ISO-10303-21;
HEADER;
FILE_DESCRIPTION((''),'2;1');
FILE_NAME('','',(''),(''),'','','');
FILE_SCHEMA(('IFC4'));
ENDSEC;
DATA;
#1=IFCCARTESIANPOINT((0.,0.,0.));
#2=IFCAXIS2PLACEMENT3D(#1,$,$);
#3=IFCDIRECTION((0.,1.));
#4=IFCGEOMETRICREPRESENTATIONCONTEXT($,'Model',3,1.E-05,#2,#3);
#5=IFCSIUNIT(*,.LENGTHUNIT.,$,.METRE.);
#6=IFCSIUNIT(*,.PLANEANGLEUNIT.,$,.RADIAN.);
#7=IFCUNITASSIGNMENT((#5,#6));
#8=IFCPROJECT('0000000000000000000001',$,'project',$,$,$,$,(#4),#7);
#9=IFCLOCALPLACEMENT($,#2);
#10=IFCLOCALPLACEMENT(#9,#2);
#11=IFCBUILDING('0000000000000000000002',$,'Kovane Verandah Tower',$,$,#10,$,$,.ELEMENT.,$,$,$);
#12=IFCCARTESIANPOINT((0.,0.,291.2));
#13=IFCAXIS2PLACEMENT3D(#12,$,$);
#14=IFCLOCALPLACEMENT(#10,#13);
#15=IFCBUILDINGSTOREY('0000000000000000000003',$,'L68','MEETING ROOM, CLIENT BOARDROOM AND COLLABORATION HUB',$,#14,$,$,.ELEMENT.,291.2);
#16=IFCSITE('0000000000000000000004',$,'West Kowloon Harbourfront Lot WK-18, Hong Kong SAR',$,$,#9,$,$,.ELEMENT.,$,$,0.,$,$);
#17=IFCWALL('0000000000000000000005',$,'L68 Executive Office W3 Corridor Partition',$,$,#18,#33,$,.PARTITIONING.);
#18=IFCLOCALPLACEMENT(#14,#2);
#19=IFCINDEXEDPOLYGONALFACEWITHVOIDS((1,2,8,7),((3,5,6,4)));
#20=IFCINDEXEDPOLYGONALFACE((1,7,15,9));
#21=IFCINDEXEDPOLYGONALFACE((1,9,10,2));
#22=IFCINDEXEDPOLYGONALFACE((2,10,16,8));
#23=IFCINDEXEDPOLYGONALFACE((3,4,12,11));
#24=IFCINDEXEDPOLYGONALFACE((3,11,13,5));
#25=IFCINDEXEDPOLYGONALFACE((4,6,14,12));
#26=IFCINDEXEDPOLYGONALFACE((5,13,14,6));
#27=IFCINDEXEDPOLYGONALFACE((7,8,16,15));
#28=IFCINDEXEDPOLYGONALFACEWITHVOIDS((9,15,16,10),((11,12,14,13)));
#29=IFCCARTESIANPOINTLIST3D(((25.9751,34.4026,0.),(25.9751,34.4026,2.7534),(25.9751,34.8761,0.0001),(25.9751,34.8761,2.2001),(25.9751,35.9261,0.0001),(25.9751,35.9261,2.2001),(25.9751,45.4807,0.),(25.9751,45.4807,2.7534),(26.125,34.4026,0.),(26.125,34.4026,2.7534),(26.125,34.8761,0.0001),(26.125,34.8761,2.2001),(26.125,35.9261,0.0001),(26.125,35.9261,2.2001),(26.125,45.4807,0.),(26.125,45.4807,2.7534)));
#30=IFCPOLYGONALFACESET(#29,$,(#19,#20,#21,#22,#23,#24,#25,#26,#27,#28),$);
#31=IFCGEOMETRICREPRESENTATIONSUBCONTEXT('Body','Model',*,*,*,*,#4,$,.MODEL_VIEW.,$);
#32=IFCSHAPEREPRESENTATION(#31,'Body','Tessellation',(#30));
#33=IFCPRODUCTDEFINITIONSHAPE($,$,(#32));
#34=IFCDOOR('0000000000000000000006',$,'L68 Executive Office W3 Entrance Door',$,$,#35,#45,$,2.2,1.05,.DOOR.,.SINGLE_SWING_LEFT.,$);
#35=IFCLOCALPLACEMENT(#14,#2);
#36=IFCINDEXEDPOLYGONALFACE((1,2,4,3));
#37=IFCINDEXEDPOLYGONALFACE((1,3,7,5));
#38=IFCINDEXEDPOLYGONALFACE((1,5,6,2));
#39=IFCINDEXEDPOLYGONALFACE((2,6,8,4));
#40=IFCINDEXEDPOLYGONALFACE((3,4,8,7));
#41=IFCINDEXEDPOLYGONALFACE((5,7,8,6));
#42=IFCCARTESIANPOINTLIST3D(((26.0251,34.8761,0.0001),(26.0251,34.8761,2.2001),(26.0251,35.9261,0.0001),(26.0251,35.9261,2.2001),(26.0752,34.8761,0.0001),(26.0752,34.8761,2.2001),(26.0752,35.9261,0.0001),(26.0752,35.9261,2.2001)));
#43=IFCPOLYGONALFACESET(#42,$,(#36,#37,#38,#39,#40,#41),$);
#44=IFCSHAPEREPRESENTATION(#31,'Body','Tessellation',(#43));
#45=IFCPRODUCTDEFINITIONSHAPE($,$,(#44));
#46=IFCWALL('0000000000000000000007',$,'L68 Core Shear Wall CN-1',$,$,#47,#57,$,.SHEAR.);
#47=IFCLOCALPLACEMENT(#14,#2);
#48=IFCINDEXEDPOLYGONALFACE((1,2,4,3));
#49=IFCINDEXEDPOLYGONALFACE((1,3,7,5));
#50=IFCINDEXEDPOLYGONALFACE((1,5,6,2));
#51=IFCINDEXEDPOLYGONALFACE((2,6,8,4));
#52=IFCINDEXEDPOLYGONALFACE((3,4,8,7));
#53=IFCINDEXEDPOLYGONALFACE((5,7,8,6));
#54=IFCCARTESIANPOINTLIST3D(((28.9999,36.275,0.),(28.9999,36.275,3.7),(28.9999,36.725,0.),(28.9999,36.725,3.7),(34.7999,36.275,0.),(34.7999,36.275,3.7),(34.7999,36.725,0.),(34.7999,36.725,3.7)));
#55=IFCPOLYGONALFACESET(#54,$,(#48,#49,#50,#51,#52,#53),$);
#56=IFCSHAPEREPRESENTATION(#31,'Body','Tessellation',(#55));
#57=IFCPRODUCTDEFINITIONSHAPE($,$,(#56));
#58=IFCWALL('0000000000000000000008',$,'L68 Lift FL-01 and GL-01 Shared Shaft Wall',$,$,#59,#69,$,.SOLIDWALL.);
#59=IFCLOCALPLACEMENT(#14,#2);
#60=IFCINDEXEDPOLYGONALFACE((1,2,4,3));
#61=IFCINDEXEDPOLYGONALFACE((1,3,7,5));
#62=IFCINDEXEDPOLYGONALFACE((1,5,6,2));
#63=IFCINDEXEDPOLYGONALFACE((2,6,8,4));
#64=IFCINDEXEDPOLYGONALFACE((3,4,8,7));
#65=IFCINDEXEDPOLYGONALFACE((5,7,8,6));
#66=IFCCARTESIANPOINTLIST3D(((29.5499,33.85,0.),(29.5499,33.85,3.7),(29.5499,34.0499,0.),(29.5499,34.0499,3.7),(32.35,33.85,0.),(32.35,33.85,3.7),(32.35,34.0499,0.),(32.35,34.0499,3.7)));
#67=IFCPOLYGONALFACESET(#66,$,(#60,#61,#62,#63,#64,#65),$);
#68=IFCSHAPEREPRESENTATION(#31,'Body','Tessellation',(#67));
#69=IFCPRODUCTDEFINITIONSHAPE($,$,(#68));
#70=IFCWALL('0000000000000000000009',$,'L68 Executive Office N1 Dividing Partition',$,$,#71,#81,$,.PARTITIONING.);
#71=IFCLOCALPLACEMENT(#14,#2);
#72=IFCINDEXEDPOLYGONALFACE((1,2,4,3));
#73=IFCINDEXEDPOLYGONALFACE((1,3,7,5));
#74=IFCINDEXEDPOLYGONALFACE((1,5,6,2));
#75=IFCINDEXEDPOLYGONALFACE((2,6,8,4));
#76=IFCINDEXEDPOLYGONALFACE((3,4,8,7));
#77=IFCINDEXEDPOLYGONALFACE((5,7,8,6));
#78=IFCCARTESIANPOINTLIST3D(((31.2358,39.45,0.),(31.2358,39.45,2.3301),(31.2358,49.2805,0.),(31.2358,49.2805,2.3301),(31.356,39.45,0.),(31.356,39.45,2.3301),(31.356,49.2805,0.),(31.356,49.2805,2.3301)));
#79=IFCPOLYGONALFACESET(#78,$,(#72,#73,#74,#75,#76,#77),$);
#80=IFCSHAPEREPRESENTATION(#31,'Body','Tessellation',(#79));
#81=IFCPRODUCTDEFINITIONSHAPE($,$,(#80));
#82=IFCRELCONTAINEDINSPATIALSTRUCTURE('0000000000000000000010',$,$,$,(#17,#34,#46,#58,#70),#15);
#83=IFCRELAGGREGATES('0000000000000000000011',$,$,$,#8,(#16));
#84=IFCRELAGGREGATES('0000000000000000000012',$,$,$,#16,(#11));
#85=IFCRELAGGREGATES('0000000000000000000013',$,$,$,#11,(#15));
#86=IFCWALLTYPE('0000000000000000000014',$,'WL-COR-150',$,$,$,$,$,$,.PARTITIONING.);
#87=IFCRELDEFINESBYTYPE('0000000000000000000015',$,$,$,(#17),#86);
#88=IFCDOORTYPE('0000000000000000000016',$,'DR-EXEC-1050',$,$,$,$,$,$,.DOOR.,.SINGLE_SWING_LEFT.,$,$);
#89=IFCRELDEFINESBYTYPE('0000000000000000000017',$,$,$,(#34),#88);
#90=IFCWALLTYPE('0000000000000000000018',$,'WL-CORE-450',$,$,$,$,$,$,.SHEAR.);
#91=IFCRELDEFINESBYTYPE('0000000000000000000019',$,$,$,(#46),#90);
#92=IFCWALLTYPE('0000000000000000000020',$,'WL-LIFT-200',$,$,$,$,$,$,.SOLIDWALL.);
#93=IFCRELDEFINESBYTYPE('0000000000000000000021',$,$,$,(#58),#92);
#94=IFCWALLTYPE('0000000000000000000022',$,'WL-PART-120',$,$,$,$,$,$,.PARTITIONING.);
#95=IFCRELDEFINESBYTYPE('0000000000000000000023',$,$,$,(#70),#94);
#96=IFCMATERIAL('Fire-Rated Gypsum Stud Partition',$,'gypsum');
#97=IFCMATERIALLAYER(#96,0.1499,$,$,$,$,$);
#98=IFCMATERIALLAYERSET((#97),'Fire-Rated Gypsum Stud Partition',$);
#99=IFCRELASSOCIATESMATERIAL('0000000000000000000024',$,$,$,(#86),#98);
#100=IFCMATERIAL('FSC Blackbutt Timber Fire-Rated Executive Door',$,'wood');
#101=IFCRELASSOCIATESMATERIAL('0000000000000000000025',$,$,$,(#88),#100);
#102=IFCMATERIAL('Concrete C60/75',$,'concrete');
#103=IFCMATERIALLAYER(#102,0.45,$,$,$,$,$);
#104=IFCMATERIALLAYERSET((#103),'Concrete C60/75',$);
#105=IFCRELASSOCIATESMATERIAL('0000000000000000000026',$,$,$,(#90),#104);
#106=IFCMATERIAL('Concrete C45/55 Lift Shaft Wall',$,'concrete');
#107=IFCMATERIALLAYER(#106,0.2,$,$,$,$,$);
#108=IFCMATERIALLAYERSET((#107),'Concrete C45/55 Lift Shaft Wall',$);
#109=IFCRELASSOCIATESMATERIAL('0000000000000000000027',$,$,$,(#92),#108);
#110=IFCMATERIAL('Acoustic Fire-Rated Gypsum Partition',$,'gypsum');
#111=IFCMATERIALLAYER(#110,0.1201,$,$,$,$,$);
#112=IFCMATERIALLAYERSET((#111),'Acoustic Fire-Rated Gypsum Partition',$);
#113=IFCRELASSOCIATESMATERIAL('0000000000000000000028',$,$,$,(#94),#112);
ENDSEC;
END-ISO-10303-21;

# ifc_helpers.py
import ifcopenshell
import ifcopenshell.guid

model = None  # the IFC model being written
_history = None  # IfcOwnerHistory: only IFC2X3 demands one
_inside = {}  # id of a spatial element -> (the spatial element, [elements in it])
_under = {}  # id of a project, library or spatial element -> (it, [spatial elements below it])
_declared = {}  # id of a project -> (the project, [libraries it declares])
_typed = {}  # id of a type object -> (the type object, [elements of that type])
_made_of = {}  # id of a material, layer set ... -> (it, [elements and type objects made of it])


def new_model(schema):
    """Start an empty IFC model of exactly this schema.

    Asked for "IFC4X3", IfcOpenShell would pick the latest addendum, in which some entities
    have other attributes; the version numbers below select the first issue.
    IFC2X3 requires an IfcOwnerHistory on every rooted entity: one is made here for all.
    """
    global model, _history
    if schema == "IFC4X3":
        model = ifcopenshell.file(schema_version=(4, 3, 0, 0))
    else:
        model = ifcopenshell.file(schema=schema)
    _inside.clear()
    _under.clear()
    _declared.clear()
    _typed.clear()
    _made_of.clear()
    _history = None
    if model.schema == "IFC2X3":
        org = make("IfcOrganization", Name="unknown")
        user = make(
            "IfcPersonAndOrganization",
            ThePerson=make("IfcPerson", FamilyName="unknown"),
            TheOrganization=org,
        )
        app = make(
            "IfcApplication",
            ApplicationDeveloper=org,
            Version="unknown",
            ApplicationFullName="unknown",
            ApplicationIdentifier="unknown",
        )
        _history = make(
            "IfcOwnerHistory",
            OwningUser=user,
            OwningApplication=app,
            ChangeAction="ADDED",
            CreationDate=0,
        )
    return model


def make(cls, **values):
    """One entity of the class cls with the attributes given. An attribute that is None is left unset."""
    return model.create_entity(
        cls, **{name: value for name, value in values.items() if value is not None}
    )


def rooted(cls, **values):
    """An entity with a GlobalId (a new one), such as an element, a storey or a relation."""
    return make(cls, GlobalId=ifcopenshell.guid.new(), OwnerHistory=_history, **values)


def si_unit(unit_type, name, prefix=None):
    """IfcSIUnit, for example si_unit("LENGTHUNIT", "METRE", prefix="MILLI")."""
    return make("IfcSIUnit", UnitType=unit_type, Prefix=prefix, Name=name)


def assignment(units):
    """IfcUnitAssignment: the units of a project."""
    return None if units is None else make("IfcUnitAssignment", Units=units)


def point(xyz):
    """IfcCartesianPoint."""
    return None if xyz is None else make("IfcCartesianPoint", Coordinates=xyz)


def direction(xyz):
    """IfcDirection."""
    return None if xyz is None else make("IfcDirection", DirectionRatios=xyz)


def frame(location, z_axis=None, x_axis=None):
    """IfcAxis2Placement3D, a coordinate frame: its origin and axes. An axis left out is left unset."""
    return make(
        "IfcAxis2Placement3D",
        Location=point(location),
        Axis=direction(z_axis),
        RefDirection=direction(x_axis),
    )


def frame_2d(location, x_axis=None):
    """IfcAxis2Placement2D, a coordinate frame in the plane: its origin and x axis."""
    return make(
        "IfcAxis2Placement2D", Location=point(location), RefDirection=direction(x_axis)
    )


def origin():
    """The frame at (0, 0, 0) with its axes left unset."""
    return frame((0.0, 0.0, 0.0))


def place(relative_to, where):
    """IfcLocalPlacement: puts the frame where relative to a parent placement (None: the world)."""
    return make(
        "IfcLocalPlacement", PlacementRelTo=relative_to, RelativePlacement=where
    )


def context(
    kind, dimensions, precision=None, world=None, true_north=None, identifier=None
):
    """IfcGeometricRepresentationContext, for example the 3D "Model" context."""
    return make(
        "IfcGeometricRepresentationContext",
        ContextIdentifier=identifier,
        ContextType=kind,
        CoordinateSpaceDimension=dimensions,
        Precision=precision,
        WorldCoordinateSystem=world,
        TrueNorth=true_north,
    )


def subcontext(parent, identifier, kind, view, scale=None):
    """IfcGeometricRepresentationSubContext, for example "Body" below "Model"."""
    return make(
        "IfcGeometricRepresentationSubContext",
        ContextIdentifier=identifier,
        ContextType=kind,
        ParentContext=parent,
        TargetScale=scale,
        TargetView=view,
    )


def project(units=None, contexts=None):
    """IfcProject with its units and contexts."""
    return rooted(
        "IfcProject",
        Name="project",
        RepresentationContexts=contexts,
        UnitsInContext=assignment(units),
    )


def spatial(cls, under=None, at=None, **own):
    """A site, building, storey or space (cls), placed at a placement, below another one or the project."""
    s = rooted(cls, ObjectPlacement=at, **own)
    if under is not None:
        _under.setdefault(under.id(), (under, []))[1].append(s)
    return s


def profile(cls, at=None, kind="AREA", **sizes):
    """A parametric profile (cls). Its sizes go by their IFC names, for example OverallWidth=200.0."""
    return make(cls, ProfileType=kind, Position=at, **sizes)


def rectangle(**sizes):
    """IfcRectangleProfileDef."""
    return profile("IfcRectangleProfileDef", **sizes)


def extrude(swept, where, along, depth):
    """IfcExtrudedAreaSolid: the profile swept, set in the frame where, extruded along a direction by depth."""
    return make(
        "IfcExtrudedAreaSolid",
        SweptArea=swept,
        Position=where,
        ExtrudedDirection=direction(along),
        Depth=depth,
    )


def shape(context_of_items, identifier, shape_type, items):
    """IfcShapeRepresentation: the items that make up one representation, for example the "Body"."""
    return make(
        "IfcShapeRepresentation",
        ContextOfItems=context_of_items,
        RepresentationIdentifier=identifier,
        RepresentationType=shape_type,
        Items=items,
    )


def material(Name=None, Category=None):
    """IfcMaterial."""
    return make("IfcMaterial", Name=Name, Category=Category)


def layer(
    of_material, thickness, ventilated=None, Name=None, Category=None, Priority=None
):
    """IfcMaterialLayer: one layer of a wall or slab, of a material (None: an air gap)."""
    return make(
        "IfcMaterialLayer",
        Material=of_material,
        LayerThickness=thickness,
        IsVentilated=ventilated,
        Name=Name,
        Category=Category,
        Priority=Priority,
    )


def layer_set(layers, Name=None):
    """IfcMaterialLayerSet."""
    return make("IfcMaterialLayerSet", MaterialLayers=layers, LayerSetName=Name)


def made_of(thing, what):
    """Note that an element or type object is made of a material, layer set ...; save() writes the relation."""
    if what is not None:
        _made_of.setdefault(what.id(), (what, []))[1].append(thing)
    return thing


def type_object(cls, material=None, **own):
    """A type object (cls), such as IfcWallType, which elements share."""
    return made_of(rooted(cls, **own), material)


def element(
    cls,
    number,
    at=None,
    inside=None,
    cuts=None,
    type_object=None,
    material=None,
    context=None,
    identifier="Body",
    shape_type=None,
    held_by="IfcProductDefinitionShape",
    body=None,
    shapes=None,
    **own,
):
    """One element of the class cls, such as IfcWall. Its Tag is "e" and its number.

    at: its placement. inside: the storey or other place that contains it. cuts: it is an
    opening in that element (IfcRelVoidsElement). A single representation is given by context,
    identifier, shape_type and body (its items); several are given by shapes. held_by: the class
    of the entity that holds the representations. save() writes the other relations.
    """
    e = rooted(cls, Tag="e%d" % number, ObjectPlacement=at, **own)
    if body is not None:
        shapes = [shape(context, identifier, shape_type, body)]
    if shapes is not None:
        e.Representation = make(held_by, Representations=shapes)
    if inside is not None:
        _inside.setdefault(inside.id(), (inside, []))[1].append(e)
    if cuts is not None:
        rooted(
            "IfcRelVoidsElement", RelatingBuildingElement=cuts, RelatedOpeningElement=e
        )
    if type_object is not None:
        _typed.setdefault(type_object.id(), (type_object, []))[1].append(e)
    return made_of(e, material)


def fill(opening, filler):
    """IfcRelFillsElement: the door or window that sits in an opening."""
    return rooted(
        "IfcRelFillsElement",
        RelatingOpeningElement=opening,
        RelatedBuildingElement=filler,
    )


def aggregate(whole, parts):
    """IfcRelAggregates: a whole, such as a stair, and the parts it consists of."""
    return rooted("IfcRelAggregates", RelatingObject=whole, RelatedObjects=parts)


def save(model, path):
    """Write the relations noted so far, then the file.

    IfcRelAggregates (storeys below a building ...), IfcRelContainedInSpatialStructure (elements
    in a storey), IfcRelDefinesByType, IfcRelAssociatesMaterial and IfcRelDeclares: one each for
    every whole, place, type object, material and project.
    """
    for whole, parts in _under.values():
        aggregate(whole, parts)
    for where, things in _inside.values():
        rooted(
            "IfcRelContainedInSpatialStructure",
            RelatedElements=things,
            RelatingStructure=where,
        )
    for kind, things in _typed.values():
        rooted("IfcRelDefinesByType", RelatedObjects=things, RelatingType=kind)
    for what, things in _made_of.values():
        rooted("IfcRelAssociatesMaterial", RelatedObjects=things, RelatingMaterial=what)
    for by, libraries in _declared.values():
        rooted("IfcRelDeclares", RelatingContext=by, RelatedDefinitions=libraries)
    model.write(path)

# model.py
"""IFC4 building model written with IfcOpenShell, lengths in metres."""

from ifc_helpers import new_model, si_unit, direction, frame, frame_2d, origin, place, context, subcontext, project, spatial, rectangle, extrude, material, layer, layer_set, type_object, element, fill, save


model = new_model("IFC4")

# Units and contexts
model_context = context("Model", 3, precision=1e-05, world=origin(), true_north=direction((0.0, 1.0)))
body_context = subcontext(model_context, "Body", "Model", "MODEL_VIEW")
ifc_project = project(units=[si_unit("LENGTHUNIT", "METRE"), si_unit("PLANEANGLEUNIT", "RADIAN")], contexts=[model_context])

# Site, building, storey
site_placement = place(None, origin())
site = spatial("IfcSite", under=ifc_project, at=site_placement, Name="West Kowloon Harbourfront Lot WK-18, Hong Kong SAR", CompositionType="ELEMENT", RefElevation=0.0)
building_placement = place(site_placement, origin())
building = spatial("IfcBuilding", under=site, at=building_placement, Name="Kovane Verandah Tower", CompositionType="ELEMENT")
storey_placement = place(building_placement, frame((0.0, 0.0, 291.2)))
storey = spatial("IfcBuildingStorey", under=building, at=storey_placement, Name="L68", Description="MEETING ROOM, CLIENT BOARDROOM AND COLLABORATION HUB", CompositionType="ELEMENT", Elevation=291.2)

# Shared definitions
ifc_material_1 = material(Name="Concrete C60/75", Category="concrete")

# Wall, opening, door
ifc_material_2 = material(Name="Fire-Rated Gypsum Stud Partition", Category="gypsum")
ifc_layer_1 = layer(ifc_material_2, 0.1499)
ifc_layer_set_1 = layer_set([ifc_layer_1], Name="Fire-Rated Gypsum Stud Partition")
wall_type_1 = type_object("IfcWallType", Name="WL-COR-150", PredefinedType="PARTITIONING", material=ifc_layer_set_1)
ifc_material_3 = material(Name="FSC Blackbutt Timber Fire-Rated Executive Door", Category="wood")
door_type_1 = type_object("IfcDoorType", Name="DR-EXEC-1050", OperationType="SINGLE_SWING_LEFT", PredefinedType="DOOR", material=ifc_material_3)
wall_1_placement = place(storey_placement, frame((26.05, 34.4026, 0.0), z_axis=(0.0, 0.0, 1.0), x_axis=(0.0, 1.0, 0.0)))
wall_1 = element("IfcWall", 1, at=wall_1_placement, inside=storey, type_object=wall_type_1, Name="L68 Executive Office W3 Corridor Partition", PredefinedType="PARTITIONING", context=body_context, shape_type="SweptSolid", body=[
    extrude(rectangle(XDim=11.0781, YDim=0.1499, at=frame_2d((5.5391, 0.0))), origin(), (0.0, 0.0, 1.0), 2.7534),
])
opening_1_placement = place(wall_1_placement, frame((0.4736, 0.0, 0.0)))
opening_1 = element("IfcOpeningElement", 2, at=opening_1_placement, cuts=wall_1, PredefinedType="OPENING", context=body_context, shape_type="SweptSolid", body=[
    extrude(rectangle(XDim=1.05, YDim=2.2, at=frame_2d((0.5249, 1.1001))), frame((0.0, 0.075, 0.0), z_axis=(0.0, -1.0, 0.0), x_axis=(1.0, 0.0, 0.0)), (0.0, 0.0, 1.0), 0.1499),
])
door_1_placement = place(opening_1_placement, origin())
door_1 = element("IfcDoor", 3, at=door_1_placement, inside=storey, type_object=door_type_1, Name="L68 Executive Office W3 Entrance Door", OperationType="SINGLE_SWING_LEFT", OverallHeight=2.2, OverallWidth=1.05, PredefinedType="DOOR", context=body_context, shape_type="SweptSolid", body=[
    extrude(rectangle(XDim=1.05, YDim=2.2, at=frame_2d((0.5249, 1.1001))), frame((0.0, 0.0249, 0.0), z_axis=(0.0, -1.0, 0.0), x_axis=(1.0, 0.0, 0.0)), (0.0, 0.0, 1.0), 0.05),
])
fill(opening_1, door_1)

# Walls
ifc_layer_2 = layer(ifc_material_1, 0.45)
ifc_layer_set_2 = layer_set([ifc_layer_2], Name="Concrete C60/75")
wall_type_2 = type_object("IfcWallType", Name="WL-CORE-450", PredefinedType="SHEAR", material=ifc_layer_set_2)
wall_2_placement = place(storey_placement, frame((29.0, 36.5, 0.0), z_axis=(0.0, 0.0, 1.0), x_axis=(1.0, 0.0, 0.0)))
element("IfcWall", 4, at=wall_2_placement, inside=storey, type_object=wall_type_2, Name="L68 Core Shear Wall CN-1", PredefinedType="SHEAR", context=body_context, shape_type="SweptSolid", body=[
    extrude(rectangle(XDim=5.8, YDim=0.45, at=frame_2d((2.8999, 0.0))), origin(), (0.0, 0.0, 1.0), 3.7),
])
ifc_material_4 = material(Name="Concrete C45/55 Lift Shaft Wall", Category="concrete")
ifc_layer_3 = layer(ifc_material_4, 0.2)
ifc_layer_set_3 = layer_set([ifc_layer_3], Name="Concrete C45/55 Lift Shaft Wall")
wall_type_3 = type_object("IfcWallType", Name="WL-LIFT-200", PredefinedType="SOLIDWALL", material=ifc_layer_set_3)
wall_3_placement = place(storey_placement, frame((29.55, 33.95, 0.0), z_axis=(0.0, 0.0, 1.0), x_axis=(1.0, 0.0, 0.0)))
element("IfcWall", 5, at=wall_3_placement, inside=storey, type_object=wall_type_3, Name="L68 Lift FL-01 and GL-01 Shared Shaft Wall", PredefinedType="SOLIDWALL", context=body_context, shape_type="SweptSolid", body=[
    extrude(rectangle(XDim=2.8, YDim=0.2, at=frame_2d((1.3999, 0.0))), origin(), (0.0, 0.0, 1.0), 3.7),
])
ifc_material_5 = material(Name="Acoustic Fire-Rated Gypsum Partition", Category="gypsum")
ifc_layer_4 = layer(ifc_material_5, 0.1201)
ifc_layer_set_4 = layer_set([ifc_layer_4], Name="Acoustic Fire-Rated Gypsum Partition")
wall_type_4 = type_object("IfcWallType", Name="WL-PART-120", PredefinedType="PARTITIONING", material=ifc_layer_set_4)
wall_4_placement = place(storey_placement, frame((31.2959, 39.45, 0.0), z_axis=(0.0, 0.0, 1.0), x_axis=(0.0, 1.0, 0.0)))
element("IfcWall", 6, at=wall_4_placement, inside=storey, type_object=wall_type_4, Name="L68 Executive Office N1 Dividing Partition", PredefinedType="PARTITIONING", context=body_context, shape_type="SweptSolid", body=[
    extrude(rectangle(XDim=9.8306, YDim=0.1201, at=frame_2d((4.9153, 0.0))), origin(), (0.0, 0.0, 1.0), 2.3301),
])

save(model, "model.ifc")
